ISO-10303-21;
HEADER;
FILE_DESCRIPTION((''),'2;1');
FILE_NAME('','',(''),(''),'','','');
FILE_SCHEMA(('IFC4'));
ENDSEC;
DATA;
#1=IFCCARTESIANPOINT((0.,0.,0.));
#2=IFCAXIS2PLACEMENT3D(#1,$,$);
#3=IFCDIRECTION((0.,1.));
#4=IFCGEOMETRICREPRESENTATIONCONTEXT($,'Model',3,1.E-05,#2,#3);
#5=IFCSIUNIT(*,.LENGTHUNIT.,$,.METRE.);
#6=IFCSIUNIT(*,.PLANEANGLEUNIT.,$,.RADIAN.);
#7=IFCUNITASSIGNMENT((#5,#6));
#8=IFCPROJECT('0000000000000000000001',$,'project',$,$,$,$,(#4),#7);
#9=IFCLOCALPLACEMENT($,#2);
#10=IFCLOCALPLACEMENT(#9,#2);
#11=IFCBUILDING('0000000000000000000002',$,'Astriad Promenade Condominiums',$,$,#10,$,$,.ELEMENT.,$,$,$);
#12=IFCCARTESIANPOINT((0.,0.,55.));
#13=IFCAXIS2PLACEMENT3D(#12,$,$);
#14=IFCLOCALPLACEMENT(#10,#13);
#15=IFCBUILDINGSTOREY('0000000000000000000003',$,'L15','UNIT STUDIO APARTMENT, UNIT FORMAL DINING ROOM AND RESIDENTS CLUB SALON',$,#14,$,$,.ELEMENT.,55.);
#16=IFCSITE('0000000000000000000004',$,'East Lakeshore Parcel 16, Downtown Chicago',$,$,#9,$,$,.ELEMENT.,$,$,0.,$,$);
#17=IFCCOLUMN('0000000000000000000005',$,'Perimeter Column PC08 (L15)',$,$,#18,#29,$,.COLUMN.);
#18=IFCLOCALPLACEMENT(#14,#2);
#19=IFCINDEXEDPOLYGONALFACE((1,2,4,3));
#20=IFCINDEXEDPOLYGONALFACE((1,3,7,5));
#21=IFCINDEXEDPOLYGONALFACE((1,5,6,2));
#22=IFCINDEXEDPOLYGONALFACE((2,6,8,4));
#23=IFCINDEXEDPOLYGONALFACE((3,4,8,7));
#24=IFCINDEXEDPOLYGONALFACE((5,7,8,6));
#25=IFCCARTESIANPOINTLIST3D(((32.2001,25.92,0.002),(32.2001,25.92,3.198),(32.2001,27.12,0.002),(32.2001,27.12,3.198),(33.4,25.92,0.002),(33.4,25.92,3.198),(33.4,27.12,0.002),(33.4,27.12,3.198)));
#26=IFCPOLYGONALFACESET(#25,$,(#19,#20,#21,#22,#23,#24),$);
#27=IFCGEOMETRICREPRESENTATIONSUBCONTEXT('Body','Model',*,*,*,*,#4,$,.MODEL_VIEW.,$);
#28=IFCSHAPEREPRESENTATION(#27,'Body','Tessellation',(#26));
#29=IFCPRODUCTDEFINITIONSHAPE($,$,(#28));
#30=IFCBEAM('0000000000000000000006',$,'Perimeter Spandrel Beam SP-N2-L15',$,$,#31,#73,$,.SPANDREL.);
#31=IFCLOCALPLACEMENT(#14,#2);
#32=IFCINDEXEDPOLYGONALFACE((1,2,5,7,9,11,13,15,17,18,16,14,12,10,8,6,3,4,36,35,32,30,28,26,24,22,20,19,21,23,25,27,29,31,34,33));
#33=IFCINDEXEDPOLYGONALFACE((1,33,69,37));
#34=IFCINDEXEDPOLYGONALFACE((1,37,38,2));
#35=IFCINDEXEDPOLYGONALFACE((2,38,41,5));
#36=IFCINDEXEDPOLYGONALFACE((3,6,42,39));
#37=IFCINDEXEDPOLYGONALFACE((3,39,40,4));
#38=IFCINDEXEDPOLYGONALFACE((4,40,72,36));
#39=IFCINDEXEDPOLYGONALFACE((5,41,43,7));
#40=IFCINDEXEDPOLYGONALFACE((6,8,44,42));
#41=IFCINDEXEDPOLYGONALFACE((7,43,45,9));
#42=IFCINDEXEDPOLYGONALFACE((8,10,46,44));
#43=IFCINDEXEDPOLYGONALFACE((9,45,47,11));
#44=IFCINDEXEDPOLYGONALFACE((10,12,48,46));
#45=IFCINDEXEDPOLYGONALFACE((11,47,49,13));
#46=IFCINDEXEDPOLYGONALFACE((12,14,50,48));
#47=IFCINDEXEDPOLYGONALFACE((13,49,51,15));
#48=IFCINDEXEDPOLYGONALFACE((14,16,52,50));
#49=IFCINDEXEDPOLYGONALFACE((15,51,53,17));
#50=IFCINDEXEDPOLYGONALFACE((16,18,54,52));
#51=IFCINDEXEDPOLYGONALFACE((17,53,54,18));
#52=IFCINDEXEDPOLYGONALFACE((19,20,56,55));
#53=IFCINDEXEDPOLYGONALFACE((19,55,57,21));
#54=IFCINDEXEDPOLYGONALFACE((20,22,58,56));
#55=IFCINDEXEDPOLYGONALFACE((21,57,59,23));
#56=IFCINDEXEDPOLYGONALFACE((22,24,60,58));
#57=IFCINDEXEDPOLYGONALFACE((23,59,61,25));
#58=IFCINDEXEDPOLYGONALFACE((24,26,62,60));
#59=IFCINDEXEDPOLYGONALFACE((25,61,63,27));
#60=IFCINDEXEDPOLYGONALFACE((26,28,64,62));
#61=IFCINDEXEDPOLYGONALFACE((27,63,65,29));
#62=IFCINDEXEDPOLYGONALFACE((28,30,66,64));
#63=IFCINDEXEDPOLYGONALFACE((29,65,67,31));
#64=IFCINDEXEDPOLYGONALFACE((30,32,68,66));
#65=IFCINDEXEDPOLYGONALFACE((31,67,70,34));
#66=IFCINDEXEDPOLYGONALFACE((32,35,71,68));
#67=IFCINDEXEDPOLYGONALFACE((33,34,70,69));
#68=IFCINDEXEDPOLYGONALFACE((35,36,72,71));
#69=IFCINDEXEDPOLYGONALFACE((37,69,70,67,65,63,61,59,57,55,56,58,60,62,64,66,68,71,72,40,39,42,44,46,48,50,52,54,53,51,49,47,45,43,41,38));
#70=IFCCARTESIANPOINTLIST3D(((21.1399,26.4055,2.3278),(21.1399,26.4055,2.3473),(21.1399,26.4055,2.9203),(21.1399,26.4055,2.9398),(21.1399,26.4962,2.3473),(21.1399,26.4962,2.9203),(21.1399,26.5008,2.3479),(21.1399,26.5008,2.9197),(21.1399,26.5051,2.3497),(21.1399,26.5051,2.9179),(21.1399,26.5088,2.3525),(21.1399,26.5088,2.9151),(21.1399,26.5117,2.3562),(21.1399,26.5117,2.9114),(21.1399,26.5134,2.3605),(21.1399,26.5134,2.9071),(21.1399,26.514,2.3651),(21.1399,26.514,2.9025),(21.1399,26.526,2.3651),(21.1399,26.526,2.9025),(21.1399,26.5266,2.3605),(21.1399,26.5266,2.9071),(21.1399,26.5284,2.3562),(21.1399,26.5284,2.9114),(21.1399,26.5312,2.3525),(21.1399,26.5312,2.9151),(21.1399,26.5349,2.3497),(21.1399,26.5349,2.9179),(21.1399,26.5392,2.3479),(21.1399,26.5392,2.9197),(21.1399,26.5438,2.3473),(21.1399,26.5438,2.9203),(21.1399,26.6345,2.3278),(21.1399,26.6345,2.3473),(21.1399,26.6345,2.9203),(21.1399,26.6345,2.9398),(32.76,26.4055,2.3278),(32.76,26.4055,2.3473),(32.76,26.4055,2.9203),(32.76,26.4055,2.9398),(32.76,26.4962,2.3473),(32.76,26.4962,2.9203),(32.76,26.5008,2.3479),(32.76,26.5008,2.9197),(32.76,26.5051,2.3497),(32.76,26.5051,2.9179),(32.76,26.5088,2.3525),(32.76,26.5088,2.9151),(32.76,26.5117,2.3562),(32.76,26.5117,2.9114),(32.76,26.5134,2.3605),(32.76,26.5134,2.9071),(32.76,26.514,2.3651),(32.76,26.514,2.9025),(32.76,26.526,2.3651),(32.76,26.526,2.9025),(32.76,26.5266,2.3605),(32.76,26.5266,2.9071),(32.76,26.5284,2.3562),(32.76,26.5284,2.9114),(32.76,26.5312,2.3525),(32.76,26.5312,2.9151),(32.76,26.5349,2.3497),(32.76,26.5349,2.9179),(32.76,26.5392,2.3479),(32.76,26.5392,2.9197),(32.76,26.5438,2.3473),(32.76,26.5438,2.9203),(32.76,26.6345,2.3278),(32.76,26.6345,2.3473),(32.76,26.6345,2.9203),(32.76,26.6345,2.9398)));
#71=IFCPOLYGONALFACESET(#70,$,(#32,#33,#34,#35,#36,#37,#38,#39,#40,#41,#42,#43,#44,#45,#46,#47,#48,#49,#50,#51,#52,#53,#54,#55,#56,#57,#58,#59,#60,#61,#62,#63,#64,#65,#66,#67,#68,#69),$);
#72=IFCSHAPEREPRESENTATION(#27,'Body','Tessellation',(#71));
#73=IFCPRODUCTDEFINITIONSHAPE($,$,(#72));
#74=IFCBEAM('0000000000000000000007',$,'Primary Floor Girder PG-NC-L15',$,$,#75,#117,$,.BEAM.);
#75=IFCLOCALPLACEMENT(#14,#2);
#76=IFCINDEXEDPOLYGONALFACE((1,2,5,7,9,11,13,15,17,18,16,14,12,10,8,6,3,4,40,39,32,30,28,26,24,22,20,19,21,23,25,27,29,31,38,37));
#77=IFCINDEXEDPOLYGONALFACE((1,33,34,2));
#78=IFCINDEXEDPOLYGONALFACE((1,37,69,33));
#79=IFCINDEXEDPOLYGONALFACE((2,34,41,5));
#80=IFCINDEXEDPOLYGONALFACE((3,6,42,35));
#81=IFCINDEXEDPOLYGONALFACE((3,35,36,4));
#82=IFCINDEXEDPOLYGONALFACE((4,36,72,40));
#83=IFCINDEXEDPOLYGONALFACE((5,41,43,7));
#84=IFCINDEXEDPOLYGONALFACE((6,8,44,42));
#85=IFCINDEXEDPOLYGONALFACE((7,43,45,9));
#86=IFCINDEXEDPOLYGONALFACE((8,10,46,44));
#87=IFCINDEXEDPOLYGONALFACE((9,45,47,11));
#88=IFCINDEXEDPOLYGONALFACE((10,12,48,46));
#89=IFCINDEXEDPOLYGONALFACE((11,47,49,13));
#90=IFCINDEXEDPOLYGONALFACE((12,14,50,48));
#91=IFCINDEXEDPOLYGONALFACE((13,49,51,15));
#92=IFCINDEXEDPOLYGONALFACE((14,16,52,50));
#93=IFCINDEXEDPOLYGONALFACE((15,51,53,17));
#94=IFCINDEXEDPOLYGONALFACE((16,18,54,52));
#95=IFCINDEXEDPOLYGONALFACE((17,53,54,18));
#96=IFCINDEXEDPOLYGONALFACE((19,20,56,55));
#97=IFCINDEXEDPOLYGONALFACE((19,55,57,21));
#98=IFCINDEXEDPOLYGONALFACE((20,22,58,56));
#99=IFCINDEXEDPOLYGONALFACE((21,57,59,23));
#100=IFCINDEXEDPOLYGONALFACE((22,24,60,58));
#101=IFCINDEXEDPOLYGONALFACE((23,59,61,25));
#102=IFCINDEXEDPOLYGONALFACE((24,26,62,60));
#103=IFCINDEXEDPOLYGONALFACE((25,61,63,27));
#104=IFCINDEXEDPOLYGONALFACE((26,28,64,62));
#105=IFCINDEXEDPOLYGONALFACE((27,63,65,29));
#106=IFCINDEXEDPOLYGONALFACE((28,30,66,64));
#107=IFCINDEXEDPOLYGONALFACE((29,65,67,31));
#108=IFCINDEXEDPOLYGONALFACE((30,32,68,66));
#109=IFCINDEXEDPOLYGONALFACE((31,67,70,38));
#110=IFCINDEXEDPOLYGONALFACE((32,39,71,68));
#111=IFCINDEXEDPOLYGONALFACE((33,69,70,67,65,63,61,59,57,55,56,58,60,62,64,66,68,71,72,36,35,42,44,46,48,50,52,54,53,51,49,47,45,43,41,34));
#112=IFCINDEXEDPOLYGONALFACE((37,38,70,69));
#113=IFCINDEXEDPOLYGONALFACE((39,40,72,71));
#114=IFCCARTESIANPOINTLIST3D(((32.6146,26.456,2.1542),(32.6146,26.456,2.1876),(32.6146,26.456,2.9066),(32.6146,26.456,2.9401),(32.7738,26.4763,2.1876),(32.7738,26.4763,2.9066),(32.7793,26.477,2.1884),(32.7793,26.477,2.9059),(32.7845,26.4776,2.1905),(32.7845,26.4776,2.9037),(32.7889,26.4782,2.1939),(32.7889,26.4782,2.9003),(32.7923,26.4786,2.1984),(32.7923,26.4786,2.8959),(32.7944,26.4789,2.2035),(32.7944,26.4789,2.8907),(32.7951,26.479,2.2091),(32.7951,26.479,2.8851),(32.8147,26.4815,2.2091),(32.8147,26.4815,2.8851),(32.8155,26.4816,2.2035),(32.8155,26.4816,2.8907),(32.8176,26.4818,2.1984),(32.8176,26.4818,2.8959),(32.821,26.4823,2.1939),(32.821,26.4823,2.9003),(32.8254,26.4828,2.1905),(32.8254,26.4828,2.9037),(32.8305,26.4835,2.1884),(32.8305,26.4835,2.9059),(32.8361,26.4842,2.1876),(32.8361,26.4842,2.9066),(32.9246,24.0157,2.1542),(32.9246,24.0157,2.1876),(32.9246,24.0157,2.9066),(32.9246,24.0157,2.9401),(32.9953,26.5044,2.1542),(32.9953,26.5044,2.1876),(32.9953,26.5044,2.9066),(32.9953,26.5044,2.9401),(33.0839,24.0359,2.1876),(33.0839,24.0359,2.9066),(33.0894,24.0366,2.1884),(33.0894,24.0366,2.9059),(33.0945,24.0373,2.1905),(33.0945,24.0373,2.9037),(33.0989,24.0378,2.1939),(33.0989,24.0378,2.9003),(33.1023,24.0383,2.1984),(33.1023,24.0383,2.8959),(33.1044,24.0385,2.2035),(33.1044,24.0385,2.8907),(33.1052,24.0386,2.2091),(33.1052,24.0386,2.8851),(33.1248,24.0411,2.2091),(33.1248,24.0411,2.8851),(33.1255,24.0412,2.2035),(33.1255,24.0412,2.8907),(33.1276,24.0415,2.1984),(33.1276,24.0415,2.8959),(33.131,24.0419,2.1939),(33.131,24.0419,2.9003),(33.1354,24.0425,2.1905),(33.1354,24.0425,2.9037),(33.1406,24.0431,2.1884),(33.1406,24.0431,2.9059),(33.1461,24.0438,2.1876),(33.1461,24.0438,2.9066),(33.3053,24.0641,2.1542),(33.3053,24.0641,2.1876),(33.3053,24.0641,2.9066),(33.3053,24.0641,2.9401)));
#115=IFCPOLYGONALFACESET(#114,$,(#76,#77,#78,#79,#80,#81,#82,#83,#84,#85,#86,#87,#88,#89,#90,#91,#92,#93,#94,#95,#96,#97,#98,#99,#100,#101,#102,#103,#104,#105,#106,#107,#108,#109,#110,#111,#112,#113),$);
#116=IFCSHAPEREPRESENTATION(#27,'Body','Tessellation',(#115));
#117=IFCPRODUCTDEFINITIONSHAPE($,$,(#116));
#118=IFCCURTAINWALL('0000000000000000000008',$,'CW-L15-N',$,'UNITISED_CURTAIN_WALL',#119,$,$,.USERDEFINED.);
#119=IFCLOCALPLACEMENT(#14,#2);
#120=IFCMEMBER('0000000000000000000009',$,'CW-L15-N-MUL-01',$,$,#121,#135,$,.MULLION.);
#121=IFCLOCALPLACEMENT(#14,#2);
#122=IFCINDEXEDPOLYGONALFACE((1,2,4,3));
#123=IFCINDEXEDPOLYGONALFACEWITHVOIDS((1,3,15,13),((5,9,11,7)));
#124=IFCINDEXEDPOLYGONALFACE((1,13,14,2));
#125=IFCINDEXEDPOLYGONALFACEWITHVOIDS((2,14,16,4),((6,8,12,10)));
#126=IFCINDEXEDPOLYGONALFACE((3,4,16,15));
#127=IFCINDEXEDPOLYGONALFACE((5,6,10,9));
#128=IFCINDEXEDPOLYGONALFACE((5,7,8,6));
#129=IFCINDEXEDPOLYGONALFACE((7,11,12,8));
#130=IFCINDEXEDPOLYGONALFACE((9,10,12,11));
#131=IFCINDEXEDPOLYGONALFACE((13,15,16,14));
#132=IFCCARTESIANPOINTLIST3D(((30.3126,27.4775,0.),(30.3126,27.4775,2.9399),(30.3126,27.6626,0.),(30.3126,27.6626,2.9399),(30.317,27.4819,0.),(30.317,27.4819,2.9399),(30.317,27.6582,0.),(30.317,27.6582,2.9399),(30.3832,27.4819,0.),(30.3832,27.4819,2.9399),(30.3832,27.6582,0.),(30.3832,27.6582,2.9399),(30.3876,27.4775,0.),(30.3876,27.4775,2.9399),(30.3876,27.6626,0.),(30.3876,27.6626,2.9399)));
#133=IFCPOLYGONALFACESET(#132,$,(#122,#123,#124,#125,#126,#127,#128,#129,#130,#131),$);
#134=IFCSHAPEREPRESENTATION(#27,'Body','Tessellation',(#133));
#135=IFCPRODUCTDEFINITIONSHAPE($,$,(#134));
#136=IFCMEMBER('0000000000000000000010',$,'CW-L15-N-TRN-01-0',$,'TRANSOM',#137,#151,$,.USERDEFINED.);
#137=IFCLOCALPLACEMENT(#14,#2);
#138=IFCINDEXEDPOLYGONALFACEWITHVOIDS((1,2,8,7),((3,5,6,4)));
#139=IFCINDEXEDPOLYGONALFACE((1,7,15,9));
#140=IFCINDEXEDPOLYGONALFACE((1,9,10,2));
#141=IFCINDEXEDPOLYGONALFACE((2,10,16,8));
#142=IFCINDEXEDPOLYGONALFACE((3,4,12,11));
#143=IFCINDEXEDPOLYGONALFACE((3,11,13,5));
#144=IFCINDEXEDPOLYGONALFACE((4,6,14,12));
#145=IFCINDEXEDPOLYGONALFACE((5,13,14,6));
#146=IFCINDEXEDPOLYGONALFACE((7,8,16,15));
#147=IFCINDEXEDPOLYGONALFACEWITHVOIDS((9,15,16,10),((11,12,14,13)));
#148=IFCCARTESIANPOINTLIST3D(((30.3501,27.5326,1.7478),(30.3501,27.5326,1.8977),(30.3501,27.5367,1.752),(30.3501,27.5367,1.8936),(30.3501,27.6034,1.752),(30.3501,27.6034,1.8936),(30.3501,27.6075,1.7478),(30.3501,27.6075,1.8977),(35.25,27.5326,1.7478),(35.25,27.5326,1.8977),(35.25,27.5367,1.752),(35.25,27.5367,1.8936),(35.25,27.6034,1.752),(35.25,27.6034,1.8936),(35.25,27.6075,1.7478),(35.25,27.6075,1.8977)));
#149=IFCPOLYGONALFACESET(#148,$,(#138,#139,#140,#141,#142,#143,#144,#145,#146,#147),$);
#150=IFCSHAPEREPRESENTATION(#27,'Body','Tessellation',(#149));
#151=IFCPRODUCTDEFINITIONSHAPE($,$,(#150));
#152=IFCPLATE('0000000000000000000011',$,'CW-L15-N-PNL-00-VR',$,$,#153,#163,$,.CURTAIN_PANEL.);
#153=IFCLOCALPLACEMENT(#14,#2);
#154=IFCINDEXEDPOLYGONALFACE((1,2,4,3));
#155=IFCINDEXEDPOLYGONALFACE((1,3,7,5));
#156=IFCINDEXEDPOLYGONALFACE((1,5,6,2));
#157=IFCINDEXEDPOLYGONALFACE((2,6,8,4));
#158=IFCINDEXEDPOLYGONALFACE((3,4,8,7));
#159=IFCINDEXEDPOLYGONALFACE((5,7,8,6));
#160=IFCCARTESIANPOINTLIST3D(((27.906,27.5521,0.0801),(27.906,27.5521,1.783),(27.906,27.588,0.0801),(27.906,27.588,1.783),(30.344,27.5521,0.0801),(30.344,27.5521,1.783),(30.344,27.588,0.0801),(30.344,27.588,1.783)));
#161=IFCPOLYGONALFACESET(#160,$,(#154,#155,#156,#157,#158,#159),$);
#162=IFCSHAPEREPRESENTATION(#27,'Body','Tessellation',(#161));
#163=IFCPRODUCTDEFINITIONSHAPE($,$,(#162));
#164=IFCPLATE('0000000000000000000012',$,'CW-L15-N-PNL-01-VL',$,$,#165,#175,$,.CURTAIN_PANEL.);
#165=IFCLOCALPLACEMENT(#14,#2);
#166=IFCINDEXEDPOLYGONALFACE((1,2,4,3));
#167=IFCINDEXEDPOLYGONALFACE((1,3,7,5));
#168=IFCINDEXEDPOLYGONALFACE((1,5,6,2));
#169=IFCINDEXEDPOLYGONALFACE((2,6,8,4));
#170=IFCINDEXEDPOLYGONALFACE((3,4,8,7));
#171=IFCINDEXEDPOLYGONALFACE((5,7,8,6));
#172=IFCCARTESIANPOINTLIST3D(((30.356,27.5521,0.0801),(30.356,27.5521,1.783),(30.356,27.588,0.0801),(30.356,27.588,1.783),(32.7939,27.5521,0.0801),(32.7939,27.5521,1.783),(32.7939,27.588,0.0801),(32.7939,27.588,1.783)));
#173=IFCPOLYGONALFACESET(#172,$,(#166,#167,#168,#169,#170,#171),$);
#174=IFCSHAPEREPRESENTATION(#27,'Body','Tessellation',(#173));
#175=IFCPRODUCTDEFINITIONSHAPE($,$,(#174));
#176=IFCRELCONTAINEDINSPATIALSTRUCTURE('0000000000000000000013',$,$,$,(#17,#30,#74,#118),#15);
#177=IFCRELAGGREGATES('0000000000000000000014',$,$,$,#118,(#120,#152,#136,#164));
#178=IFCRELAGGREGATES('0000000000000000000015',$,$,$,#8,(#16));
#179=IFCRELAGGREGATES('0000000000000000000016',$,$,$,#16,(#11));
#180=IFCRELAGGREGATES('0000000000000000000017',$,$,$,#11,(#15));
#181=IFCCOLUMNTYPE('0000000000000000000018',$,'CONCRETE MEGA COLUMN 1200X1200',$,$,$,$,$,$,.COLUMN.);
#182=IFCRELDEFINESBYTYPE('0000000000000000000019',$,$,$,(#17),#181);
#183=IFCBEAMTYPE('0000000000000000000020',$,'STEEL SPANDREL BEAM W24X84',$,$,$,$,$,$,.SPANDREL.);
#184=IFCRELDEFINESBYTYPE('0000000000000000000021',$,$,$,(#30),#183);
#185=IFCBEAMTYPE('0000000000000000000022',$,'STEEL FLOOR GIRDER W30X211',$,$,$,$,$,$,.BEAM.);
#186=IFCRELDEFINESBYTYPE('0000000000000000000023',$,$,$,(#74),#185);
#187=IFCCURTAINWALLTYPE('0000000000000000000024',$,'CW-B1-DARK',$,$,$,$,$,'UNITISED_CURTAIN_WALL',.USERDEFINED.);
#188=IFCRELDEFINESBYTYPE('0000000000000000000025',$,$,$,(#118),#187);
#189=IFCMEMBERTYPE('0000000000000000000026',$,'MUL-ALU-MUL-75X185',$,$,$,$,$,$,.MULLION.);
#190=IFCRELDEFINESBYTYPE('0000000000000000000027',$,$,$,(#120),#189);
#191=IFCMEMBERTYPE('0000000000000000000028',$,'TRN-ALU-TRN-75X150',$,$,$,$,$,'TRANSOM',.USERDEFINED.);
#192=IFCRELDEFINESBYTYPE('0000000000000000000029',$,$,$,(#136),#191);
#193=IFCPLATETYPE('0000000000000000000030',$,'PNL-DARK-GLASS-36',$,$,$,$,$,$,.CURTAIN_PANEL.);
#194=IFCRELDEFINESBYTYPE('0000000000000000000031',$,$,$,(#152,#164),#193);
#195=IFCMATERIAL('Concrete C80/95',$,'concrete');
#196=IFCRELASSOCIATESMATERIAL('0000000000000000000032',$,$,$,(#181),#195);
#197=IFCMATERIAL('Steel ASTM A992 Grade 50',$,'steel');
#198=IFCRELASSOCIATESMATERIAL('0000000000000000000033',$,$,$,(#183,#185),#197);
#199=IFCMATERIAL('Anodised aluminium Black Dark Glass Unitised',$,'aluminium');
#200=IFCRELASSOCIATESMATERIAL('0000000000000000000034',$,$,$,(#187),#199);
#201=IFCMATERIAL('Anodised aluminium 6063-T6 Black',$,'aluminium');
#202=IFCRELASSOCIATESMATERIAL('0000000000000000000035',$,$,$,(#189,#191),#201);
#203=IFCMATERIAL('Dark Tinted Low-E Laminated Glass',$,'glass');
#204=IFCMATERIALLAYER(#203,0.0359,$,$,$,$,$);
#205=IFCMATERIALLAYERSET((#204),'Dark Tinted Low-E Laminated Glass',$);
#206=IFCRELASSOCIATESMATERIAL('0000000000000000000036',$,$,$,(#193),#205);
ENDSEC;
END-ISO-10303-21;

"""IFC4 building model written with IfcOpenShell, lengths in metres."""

from ifc_helpers import new_model, si_unit, direction, frame, origin, origin_2d, place, context, subcontext, project, spatial, rectangle, hollow_rectangle, i_section, extrude, source, transform, mapped, material, layer, layer_set, material_profile, profile_set, type_object, type_shapes, element, aggregate, save


model = new_model("IFC4")

# Units and contexts
model_context = context("Model", 3, precision=1e-05, world=origin(), true_north=direction((0.0, 1.0)))
body_context = subcontext(model_context, "Body", "Model", "MODEL_VIEW")
ifc_project = project(units=[si_unit("LENGTHUNIT", "METRE"), si_unit("PLANEANGLEUNIT", "RADIAN")], contexts=[model_context])

# Site, building, storey
site_placement = place(None, origin())
site = spatial("IfcSite", under=ifc_project, at=site_placement, Name="East Lakeshore Parcel 16, Downtown Chicago", CompositionType="ELEMENT", RefElevation=0.0)
building_placement = place(site_placement, origin())
building = spatial("IfcBuilding", under=site, at=building_placement, Name="Astriad Promenade Condominiums", CompositionType="ELEMENT")
storey_placement = place(building_placement, frame((0.0, 0.0, 55.0)))
storey = spatial("IfcBuildingStorey", under=building, at=storey_placement, Name="L15", Description="UNIT STUDIO APARTMENT, UNIT FORMAL DINING ROOM AND RESIDENTS CLUB SALON", CompositionType="ELEMENT", Elevation=55.0)

# Column
ifc_material_1 = material(Name="Concrete C80/95", Category="concrete")
ifc_material_profile_1 = material_profile(ifc_material_1, rectangle(XDim=1.2, YDim=1.2, at=origin_2d()), Name="RC-COL-1200X1200")
ifc_profile_set_1 = profile_set([ifc_material_profile_1], Name="Concrete C80/95")
column_type = type_object("IfcColumnType", Name="CONCRETE MEGA COLUMN 1200X1200", PredefinedType="COLUMN", material=ifc_profile_set_1)
shared_shape_1 = source(origin(), body_context, "Body", "SweptSolid", [
    extrude(rectangle(XDim=1.2, YDim=1.2, at=origin_2d()), origin(), (0.0, 0.0, 1.0), 3.196),
])
type_shapes(column_type, [shared_shape_1])
column_placement = place(storey_placement, frame((32.8, 26.52, 0.002), z_axis=(0.0, 0.0, 1.0), x_axis=(1.0, 0.0, 0.0)))
element("IfcColumn", 1, at=column_placement, inside=storey, type_object=column_type, Name="Perimeter Column PC08 (L15)", PredefinedType="COLUMN", context=body_context, shape_type="MappedRepresentation", body=[
    mapped(shared_shape_1, transform((0.0, 0.0, 0.0), scale=1.0)),
])

# Beams
ifc_material_2 = material(Name="Steel ASTM A992 Grade 50", Category="steel")
ifc_material_profile_2 = material_profile(ifc_material_2, i_section(OverallWidth=0.229, OverallDepth=0.6121, WebThickness=0.012, FlangeThickness=0.0195, FilletRadius=0.0178, at=origin_2d()), Name="W24X84")
ifc_profile_set_2 = profile_set([ifc_material_profile_2], Name="Steel ASTM A992 Grade 50")
beam_type_1 = type_object("IfcBeamType", Name="STEEL SPANDREL BEAM W24X84", PredefinedType="SPANDREL", material=ifc_profile_set_2)
shared_shape_2 = source(origin(), body_context, "Body", "SweptSolid", [
    extrude(i_section(OverallWidth=0.229, OverallDepth=0.6121, WebThickness=0.012, FlangeThickness=0.0195, FilletRadius=0.0178, at=origin_2d()), origin(), (0.0, 0.0, 1.0), 11.6201),
])
type_shapes(beam_type_1, [shared_shape_2])
beam_1_placement = place(storey_placement, frame((32.76, 26.52, 2.6338), z_axis=(-1.0, 0.0, 0.0), x_axis=(0.0, -1.0, 0.0)))
element("IfcBeam", 2, at=beam_1_placement, inside=storey, type_object=beam_type_1, Name="Perimeter Spandrel Beam SP-N2-L15", PredefinedType="SPANDREL", context=body_context, shape_type="MappedRepresentation", body=[
    mapped(shared_shape_2, transform((0.0, 0.0, 0.0), scale=1.0)),
])
ifc_material_profile_3 = material_profile(ifc_material_2, i_section(OverallWidth=0.3838, OverallDepth=0.7859, WebThickness=0.0198, FlangeThickness=0.0334, FilletRadius=0.0215, at=origin_2d()), Name="W30X211")
ifc_profile_set_3 = profile_set([ifc_material_profile_3], Name="Steel ASTM A992 Grade 50")
beam_type_2 = type_object("IfcBeamType", Name="STEEL FLOOR GIRDER W30X211", PredefinedType="BEAM", material=ifc_profile_set_3)
shared_shape_3 = source(origin(), body_context, "Body", "SweptSolid", [
    extrude(i_section(OverallWidth=0.3838, OverallDepth=0.7859, WebThickness=0.0198, FlangeThickness=0.0334, FilletRadius=0.0215, at=origin_2d()), origin(), (0.0, 0.0, 1.0), 2.46),
])
type_shapes(beam_type_2, [shared_shape_3])
beam_2_placement = place(storey_placement, frame((32.8049, 26.4802, 2.5471), z_axis=(0.126038, -0.992025, 0.0), x_axis=(0.992025, 0.126038, 0.0)))
element("IfcBeam", 3, at=beam_2_placement, inside=storey, type_object=beam_type_2, Name="Primary Floor Girder PG-NC-L15", PredefinedType="BEAM", context=body_context, shape_type="MappedRepresentation", body=[
    mapped(shared_shape_3, transform((0.0, 0.0, 0.0), scale=1.0)),
])

# Curtain wall, members, plates
ifc_material_3 = material(Name="Anodised aluminium Black Dark Glass Unitised", Category="aluminium")
curtain_wall_type = type_object("IfcCurtainWallType", Name="CW-B1-DARK", ElementType="UNITISED_CURTAIN_WALL", PredefinedType="USERDEFINED", material=ifc_material_3)
curtain_wall_placement = place(storey_placement, origin())
curtain_wall = element("IfcCurtainWall", 4, at=curtain_wall_placement, inside=storey, type_object=curtain_wall_type, Name="CW-L15-N", ObjectType="UNITISED_CURTAIN_WALL", PredefinedType="USERDEFINED")
ifc_material_4 = material(Name="Anodised aluminium 6063-T6 Black", Category="aluminium")
ifc_material_profile_4 = material_profile(ifc_material_4, hollow_rectangle(XDim=0.075, YDim=0.1851, WallThickness=0.0044, at=origin_2d()), Name="ALU-MUL-75X185")
ifc_profile_set_4 = profile_set([ifc_material_profile_4], Name="Anodised aluminium 6063-T6 Black")
member_type_1 = type_object("IfcMemberType", Name="MUL-ALU-MUL-75X185", PredefinedType="MULLION", material=ifc_profile_set_4)
shared_shape_4 = source(origin(), body_context, "Body", "SweptSolid", [
    extrude(hollow_rectangle(XDim=0.075, YDim=0.1851, WallThickness=0.0044, at=origin_2d()), origin(), (0.0, 0.0, 1.0), 2.9399),
])
type_shapes(member_type_1, [shared_shape_4])
member_1_placement = place(storey_placement, frame((30.3501, 27.5701, 0.0), z_axis=(0.0, 0.0, 1.0), x_axis=(1.0, 0.0, 0.0)))
member_1 = element("IfcMember", 5, at=member_1_placement, type_object=member_type_1, Name="CW-L15-N-MUL-01", PredefinedType="MULLION", context=body_context, shape_type="MappedRepresentation", body=[
    mapped(shared_shape_4, transform((0.0, 0.0, 0.0), scale=1.0)),
])
ifc_material_profile_5 = material_profile(ifc_material_4, hollow_rectangle(XDim=0.075, YDim=0.1499, WallThickness=0.0042, at=origin_2d()), Name="ALU-TRN-75X150")
ifc_profile_set_5 = profile_set([ifc_material_profile_5], Name="Anodised aluminium 6063-T6 Black")
member_type_2 = type_object("IfcMemberType", Name="TRN-ALU-TRN-75X150", ElementType="TRANSOM", PredefinedType="USERDEFINED", material=ifc_profile_set_5)
shared_shape_5 = source(origin(), body_context, "Body", "SweptSolid", [
    extrude(hollow_rectangle(XDim=0.075, YDim=0.1499, WallThickness=0.0042, at=origin_2d()), origin(), (0.0, 0.0, 1.0), 4.8999),
])
type_shapes(member_type_2, [shared_shape_5])
member_2_placement = place(storey_placement, frame((30.3501, 27.5701, 1.8228), z_axis=(1.0, 0.0, 0.0), x_axis=(0.0, 1.0, 0.0)))
member_2 = element("IfcMember", 6, at=member_2_placement, type_object=member_type_2, Name="CW-L15-N-TRN-01-0", ObjectType="TRANSOM", PredefinedType="USERDEFINED", context=body_context, shape_type="MappedRepresentation", body=[
    mapped(shared_shape_5, transform((0.0, 0.0, 0.0), scale=1.0)),
])
ifc_material_5 = material(Name="Dark Tinted Low-E Laminated Glass", Category="glass")
ifc_layer_1 = layer(ifc_material_5, 0.0359)
ifc_layer_set_1 = layer_set([ifc_layer_1], Name="Dark Tinted Low-E Laminated Glass")
plate_type = type_object("IfcPlateType", Name="PNL-DARK-GLASS-36", PredefinedType="CURTAIN_PANEL", material=ifc_layer_set_1)
shared_shape_6 = source(origin(), body_context, "Body", "SweptSolid", [
    extrude(rectangle(XDim=2.438, YDim=0.0359, at=origin_2d()), origin(), (0.0, 0.0, 1.0), 1.7029),
])
plate_1_placement = place(storey_placement, frame((29.125, 27.5701, 0.0801), z_axis=(0.0, 0.0, 1.0), x_axis=(1.0, 0.0, 0.0)))
plate_1 = element("IfcPlate", 7, at=plate_1_placement, type_object=plate_type, Name="CW-L15-N-PNL-00-VR", PredefinedType="CURTAIN_PANEL", context=body_context, shape_type="MappedRepresentation", body=[
    mapped(shared_shape_6, transform((0.0, 0.0, 0.0), scale=1.0)),
])
plate_2_placement = place(storey_placement, frame((31.575, 27.5701, 0.0801), z_axis=(0.0, 0.0, 1.0), x_axis=(1.0, 0.0, 0.0)))
plate_2 = element("IfcPlate", 8, at=plate_2_placement, type_object=plate_type, Name="CW-L15-N-PNL-01-VL", PredefinedType="CURTAIN_PANEL", context=body_context, shape_type="MappedRepresentation", body=[
    mapped(shared_shape_6, transform((0.0, 0.0, 0.0), scale=1.0)),
])
aggregate(curtain_wall, [member_1, plate_1, member_2, plate_2])

save(model, "model.ifc")
